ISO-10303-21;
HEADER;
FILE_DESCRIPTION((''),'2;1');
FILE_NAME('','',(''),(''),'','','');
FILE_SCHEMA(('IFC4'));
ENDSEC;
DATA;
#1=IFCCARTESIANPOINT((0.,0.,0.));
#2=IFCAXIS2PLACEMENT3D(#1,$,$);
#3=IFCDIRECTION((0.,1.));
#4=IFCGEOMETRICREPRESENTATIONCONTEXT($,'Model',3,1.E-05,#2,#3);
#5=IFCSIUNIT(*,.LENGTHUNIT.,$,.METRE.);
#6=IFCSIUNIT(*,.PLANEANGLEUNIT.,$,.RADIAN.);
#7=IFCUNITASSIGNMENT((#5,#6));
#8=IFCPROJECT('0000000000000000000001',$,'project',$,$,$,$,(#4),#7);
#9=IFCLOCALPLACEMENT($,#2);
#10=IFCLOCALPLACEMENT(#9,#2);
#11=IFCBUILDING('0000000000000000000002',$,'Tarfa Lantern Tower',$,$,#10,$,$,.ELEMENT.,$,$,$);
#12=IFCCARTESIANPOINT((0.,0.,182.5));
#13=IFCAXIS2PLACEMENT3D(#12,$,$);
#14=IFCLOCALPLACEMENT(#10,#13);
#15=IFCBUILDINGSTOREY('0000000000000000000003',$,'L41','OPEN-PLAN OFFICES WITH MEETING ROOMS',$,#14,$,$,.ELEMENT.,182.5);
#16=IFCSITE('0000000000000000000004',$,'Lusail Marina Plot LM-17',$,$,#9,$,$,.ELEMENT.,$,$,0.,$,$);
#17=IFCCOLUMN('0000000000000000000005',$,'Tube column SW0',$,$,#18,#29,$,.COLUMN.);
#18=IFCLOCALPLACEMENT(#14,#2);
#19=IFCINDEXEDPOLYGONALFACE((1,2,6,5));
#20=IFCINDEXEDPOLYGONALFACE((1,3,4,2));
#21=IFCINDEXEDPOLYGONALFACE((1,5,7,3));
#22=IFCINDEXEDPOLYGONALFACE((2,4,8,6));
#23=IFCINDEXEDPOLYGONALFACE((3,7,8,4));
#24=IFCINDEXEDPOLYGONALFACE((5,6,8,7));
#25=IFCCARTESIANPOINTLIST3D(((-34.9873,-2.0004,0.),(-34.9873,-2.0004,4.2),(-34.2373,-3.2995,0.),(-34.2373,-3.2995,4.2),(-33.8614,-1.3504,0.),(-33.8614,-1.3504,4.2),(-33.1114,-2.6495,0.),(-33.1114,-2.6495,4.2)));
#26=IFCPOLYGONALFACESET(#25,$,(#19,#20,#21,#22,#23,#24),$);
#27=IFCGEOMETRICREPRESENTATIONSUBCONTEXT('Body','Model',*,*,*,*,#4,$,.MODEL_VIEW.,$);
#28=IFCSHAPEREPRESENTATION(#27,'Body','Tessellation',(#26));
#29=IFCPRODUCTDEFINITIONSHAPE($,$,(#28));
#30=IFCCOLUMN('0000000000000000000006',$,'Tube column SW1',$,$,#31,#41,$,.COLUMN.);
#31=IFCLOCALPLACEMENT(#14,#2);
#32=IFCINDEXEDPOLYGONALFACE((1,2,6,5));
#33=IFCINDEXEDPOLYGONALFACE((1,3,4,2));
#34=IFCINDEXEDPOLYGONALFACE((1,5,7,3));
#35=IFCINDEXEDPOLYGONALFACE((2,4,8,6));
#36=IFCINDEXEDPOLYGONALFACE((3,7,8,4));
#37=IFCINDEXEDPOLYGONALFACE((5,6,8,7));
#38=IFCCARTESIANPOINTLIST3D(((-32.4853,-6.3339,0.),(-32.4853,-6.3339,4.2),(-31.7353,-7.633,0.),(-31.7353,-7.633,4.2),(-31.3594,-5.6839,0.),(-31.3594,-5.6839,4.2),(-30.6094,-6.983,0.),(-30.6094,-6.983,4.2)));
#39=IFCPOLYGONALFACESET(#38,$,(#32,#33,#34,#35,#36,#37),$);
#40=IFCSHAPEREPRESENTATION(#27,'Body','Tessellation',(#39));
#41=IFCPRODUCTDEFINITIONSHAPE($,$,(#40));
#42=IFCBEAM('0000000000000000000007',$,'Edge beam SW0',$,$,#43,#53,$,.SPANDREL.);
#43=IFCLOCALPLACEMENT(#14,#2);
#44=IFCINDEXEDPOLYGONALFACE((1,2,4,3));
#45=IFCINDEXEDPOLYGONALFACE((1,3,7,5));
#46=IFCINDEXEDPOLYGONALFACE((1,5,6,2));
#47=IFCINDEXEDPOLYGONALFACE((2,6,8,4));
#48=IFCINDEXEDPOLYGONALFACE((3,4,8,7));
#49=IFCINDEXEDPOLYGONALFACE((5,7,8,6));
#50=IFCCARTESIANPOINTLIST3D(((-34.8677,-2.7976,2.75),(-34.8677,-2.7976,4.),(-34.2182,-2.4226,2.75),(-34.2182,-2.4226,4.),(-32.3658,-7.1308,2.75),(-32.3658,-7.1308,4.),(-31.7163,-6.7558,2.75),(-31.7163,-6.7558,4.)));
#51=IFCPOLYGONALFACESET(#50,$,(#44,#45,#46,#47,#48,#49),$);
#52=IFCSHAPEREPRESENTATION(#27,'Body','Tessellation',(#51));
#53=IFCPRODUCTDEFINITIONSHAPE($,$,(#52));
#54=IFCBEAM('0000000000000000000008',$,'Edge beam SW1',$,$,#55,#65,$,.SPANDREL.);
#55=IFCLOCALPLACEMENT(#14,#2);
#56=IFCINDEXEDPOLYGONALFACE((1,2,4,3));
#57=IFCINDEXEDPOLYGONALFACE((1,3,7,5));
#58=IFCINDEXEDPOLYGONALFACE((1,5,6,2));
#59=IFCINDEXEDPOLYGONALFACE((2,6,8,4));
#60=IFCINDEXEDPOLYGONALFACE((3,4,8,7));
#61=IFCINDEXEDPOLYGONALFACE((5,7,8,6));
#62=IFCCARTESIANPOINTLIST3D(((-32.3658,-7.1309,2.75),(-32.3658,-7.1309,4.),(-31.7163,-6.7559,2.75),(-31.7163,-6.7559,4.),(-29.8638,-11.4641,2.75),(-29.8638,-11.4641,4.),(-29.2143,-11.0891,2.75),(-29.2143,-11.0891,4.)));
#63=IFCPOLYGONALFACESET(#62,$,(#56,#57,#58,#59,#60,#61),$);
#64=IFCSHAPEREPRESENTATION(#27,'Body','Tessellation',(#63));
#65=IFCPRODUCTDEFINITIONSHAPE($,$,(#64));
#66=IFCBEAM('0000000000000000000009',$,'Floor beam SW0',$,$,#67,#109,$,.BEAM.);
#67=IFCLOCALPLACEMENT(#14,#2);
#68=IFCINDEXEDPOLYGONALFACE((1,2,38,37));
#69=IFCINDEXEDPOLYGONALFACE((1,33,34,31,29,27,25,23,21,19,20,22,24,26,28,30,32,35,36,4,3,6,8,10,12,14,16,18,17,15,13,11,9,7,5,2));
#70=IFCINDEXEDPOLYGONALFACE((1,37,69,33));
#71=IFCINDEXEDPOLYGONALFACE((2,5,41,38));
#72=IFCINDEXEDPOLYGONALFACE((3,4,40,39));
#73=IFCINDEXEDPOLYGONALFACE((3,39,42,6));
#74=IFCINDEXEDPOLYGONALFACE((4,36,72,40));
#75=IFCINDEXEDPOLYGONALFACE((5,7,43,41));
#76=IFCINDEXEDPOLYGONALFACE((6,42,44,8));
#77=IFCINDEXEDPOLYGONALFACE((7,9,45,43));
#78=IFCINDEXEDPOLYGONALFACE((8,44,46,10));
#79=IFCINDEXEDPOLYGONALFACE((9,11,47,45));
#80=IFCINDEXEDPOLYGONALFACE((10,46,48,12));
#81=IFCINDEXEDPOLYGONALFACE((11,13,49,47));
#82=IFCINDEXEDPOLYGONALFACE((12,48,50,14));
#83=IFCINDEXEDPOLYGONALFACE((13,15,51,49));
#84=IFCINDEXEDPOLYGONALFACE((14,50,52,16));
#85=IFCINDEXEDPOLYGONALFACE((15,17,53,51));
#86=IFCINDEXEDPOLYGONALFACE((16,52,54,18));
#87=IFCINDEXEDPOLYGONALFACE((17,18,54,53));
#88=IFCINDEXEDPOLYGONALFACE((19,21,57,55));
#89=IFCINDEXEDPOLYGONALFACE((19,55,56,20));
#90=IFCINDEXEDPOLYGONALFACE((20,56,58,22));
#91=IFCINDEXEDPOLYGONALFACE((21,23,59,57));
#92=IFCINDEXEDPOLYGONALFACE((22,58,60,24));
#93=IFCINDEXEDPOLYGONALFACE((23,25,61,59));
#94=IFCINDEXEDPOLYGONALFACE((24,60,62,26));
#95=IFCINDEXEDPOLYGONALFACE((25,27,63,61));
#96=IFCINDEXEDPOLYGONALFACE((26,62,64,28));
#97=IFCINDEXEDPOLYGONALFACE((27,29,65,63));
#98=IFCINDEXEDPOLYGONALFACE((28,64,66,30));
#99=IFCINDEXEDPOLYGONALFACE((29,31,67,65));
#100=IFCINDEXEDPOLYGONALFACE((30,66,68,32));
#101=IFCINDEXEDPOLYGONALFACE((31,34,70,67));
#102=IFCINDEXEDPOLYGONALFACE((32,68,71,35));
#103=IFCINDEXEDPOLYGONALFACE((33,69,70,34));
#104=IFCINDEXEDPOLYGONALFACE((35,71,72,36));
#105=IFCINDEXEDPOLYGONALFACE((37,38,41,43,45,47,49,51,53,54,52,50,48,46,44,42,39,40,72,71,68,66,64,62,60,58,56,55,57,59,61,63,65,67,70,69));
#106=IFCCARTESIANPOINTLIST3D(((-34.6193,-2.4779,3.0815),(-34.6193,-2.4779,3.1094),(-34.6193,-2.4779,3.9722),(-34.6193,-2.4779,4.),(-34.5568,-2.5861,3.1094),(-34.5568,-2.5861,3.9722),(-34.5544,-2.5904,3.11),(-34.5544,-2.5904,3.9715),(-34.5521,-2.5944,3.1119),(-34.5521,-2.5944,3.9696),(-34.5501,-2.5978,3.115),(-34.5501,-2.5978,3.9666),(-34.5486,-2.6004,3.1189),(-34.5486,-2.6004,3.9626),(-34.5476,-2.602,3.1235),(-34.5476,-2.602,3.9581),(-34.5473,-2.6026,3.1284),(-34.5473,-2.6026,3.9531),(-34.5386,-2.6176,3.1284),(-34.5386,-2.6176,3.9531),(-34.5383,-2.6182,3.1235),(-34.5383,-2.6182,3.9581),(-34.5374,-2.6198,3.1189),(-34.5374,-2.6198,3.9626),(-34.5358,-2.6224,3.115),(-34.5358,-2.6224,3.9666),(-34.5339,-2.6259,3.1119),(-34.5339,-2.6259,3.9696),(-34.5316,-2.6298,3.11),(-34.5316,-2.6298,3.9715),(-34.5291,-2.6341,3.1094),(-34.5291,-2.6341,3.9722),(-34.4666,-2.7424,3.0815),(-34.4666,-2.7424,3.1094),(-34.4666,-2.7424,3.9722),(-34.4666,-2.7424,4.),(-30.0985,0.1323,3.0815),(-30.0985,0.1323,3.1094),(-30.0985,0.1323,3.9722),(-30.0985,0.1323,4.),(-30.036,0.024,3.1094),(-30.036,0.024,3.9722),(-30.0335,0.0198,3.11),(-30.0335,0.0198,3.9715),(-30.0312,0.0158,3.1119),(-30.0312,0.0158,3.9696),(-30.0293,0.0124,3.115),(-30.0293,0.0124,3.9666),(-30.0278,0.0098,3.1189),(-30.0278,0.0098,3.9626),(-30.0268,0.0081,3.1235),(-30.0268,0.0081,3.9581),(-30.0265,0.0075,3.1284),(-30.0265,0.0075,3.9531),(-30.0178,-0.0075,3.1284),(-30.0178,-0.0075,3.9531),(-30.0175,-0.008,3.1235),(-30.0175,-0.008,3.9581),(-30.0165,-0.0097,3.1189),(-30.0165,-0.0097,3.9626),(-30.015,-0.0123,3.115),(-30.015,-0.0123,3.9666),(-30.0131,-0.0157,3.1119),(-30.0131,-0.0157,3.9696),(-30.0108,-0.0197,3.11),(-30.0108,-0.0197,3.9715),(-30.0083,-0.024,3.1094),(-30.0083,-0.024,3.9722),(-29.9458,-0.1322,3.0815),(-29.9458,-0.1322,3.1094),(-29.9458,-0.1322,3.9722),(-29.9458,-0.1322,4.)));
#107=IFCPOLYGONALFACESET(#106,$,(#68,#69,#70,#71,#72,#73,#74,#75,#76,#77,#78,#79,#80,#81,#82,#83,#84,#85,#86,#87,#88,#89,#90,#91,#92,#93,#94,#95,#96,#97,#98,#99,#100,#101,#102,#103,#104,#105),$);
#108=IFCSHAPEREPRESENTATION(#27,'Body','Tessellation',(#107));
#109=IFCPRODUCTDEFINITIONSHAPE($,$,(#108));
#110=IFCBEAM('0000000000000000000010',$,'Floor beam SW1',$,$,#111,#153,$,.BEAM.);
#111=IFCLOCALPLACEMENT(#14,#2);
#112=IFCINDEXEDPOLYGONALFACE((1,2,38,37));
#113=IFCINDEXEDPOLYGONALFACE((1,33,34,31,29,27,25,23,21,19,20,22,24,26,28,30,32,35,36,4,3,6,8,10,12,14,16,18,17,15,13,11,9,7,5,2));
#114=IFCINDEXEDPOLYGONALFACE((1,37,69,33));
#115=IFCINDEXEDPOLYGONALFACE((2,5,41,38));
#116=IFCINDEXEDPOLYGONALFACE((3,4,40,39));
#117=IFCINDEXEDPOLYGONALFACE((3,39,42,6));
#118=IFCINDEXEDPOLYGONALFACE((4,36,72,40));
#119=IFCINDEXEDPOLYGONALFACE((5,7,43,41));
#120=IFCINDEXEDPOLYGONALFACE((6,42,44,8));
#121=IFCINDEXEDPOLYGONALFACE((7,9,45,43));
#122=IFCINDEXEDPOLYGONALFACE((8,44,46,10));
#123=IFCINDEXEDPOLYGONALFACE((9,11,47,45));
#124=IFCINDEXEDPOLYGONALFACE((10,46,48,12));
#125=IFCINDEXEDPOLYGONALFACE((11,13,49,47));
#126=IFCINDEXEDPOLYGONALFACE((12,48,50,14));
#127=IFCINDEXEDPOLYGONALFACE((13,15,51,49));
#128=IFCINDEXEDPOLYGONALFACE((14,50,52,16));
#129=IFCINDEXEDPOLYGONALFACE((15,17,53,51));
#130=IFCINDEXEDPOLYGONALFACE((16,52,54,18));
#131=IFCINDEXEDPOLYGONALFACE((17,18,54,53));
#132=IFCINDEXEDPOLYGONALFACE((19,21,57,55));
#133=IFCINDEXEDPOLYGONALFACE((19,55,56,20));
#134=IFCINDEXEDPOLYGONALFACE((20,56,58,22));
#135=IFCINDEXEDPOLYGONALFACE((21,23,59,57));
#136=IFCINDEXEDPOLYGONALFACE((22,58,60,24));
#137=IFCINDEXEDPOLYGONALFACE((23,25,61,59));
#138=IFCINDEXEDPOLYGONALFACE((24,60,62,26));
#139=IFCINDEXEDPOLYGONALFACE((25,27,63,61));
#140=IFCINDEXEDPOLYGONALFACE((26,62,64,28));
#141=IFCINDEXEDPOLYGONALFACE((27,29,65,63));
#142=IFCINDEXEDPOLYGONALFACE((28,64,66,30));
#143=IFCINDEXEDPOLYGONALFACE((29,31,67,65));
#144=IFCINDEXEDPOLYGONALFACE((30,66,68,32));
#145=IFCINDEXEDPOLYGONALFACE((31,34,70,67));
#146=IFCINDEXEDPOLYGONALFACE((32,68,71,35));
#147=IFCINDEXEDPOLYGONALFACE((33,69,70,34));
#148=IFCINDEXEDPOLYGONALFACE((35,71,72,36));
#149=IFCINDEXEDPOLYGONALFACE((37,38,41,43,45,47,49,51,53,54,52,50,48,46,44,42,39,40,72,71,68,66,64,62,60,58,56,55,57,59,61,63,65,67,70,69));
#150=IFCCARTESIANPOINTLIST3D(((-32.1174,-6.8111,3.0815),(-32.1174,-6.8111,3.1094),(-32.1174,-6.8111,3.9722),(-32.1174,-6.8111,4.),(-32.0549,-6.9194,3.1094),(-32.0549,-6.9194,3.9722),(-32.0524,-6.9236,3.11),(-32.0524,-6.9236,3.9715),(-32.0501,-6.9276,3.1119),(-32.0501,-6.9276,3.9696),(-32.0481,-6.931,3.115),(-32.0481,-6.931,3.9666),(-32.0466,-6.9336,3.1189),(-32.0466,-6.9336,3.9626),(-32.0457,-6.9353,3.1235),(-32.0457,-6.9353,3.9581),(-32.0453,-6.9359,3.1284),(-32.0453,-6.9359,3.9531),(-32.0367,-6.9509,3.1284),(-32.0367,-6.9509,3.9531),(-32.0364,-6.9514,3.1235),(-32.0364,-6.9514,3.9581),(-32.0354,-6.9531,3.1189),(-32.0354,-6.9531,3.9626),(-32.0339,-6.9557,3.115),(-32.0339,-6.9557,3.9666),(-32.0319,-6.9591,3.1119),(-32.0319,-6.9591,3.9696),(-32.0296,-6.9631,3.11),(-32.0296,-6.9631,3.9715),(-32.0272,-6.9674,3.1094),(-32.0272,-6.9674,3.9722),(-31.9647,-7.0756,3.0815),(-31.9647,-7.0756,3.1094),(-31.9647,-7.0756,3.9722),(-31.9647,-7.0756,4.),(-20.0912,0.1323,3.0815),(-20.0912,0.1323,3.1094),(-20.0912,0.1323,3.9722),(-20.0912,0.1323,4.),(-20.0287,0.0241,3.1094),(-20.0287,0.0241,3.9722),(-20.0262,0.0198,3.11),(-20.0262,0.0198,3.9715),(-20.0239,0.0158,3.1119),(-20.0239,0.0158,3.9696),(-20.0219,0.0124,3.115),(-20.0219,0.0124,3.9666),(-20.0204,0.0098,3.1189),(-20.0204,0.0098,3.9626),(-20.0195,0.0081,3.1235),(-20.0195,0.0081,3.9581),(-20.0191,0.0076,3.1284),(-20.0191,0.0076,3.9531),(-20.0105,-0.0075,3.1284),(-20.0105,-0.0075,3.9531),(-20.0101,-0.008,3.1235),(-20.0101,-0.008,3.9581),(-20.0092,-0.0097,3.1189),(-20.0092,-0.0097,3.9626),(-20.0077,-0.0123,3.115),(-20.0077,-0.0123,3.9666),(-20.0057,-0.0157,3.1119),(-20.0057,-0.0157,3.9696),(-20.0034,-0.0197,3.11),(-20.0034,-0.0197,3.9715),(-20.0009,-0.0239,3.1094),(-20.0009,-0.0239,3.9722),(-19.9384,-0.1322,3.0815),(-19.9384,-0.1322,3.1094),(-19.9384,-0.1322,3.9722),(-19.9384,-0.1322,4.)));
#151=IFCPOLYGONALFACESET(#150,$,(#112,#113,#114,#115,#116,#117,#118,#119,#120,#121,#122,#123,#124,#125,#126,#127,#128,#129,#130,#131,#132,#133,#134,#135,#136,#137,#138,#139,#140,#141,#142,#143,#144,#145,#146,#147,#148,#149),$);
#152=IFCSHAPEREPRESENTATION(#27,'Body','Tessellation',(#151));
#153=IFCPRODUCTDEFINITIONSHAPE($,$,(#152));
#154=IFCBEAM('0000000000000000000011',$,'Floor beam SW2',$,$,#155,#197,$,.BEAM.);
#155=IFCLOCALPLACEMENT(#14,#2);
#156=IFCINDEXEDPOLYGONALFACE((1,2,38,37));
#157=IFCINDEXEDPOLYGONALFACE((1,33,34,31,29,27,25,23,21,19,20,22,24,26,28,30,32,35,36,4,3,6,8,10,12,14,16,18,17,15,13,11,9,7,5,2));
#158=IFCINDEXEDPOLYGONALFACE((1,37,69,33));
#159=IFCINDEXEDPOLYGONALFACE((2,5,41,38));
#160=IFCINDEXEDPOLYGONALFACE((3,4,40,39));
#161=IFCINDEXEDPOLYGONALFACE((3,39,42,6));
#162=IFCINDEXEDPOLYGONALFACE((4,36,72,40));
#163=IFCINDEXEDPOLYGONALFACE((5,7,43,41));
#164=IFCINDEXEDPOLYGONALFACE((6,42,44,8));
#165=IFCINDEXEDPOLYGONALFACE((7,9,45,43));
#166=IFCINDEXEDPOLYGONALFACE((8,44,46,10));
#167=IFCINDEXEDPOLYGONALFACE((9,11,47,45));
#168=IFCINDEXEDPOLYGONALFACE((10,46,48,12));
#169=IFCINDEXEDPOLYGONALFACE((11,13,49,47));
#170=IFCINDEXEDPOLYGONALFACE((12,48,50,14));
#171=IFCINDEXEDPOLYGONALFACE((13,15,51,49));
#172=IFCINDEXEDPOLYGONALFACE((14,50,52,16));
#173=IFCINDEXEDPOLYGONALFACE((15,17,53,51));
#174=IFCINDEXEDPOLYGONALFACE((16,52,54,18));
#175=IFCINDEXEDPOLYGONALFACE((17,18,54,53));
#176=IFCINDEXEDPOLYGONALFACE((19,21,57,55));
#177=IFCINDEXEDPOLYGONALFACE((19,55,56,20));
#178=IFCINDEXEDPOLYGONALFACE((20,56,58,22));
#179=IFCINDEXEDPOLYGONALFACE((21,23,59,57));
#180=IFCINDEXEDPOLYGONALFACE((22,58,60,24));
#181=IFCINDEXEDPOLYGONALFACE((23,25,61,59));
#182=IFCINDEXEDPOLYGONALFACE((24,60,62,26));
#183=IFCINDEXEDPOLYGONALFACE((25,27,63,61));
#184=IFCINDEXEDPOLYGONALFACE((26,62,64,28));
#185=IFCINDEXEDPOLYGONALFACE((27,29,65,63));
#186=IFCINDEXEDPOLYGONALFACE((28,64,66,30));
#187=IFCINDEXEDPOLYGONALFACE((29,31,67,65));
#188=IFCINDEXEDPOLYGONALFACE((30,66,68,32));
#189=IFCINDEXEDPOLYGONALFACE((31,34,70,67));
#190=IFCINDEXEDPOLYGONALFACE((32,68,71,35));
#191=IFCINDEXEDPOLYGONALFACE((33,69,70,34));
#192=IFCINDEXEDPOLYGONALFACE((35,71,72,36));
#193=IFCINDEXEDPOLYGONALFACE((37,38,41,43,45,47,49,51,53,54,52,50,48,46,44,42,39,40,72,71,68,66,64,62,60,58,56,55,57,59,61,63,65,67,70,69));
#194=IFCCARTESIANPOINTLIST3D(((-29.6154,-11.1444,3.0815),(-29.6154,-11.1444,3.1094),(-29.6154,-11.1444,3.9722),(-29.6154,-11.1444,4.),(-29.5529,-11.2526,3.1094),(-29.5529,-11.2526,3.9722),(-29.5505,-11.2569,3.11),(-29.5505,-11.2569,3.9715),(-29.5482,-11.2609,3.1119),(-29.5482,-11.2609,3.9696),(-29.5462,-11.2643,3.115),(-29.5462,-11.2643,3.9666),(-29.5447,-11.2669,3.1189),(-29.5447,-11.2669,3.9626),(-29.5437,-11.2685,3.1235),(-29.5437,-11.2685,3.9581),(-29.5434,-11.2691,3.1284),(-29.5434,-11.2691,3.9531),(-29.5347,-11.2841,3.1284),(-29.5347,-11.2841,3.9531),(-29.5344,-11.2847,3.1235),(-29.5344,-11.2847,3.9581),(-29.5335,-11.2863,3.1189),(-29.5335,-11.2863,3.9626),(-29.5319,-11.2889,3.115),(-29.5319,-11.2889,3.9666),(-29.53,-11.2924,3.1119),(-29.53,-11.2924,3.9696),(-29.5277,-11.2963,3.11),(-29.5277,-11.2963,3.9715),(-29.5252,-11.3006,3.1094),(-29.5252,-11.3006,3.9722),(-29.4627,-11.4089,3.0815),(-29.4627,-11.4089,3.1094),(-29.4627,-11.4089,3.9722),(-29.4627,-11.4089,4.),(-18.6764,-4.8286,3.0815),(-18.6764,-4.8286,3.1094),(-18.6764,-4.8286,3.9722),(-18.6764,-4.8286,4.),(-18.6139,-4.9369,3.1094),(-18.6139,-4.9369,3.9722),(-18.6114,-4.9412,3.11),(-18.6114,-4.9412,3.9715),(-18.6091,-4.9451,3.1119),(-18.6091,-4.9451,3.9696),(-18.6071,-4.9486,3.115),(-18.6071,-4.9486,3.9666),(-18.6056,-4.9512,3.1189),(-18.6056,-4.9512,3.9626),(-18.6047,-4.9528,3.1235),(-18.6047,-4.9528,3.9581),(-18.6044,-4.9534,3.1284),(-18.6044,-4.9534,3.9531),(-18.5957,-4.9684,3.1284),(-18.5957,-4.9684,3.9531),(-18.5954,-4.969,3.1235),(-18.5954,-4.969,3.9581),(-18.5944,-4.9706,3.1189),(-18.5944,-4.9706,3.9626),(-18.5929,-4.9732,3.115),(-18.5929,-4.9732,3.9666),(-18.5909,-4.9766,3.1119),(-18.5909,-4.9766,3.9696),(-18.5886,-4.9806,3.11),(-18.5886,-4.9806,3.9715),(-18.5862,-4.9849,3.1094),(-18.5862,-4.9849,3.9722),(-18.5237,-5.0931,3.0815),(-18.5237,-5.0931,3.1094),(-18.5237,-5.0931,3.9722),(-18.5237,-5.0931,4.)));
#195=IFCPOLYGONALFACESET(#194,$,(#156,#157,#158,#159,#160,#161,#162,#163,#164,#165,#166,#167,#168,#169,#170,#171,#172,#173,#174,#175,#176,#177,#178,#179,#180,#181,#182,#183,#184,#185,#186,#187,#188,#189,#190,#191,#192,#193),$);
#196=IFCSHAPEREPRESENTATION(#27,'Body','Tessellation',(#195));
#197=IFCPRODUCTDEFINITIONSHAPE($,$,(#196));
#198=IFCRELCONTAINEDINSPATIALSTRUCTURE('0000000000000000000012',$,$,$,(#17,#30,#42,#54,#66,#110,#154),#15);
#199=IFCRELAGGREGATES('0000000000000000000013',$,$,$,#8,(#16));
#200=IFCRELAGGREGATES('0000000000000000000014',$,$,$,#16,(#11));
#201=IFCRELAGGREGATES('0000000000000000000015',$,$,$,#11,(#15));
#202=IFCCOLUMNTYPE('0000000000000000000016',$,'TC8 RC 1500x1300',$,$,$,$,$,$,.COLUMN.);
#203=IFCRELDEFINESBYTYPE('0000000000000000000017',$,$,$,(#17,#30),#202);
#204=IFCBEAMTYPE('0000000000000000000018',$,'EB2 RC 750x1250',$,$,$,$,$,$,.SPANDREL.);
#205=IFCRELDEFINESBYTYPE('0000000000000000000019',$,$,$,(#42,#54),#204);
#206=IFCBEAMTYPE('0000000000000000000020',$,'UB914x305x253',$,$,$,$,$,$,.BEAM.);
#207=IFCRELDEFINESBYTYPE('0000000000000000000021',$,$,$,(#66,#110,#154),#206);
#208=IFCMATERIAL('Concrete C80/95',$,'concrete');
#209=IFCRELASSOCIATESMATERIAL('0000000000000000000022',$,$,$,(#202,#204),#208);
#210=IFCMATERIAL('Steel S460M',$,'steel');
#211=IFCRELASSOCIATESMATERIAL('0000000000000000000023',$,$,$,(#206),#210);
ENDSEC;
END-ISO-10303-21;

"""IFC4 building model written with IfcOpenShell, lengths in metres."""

from ifc_helpers import new_model, si_unit, direction, frame, origin, origin_2d, place, context, subcontext, project, spatial, rectangle, i_section, extrude, material, material_profile, profile_set, type_object, element, save


model = new_model("IFC4")

# Units and contexts
model_context = context("Model", 3, precision=1e-05, world=origin(), true_north=direction((0.0, 1.0)))
body_context = subcontext(model_context, "Body", "Model", "MODEL_VIEW")
ifc_project = project(units=[si_unit("LENGTHUNIT", "METRE"), si_unit("PLANEANGLEUNIT", "RADIAN")], contexts=[model_context])

# Site, building, storey
site_placement = place(None, origin())
site = spatial("IfcSite", under=ifc_project, at=site_placement, Name="Lusail Marina Plot LM-17", CompositionType="ELEMENT", RefElevation=0.0)
building_placement = place(site_placement, origin())
building = spatial("IfcBuilding", under=site, at=building_placement, Name="Tarfa Lantern Tower", CompositionType="ELEMENT")
storey_placement = place(building_placement, frame((0.0, 0.0, 182.5)))
storey = spatial("IfcBuildingStorey", under=building, at=storey_placement, Name="L41", Description="OPEN-PLAN OFFICES WITH MEETING ROOMS", CompositionType="ELEMENT", Elevation=182.5)

# Columns
ifc_material_1 = material(Name="Concrete C80/95", Category="concrete")
ifc_material_profile_1 = material_profile(ifc_material_1, rectangle(XDim=1.5, YDim=1.3, at=origin_2d()), Name="RC 1500x1300")
ifc_profile_set_1 = profile_set([ifc_material_profile_1], Name="Concrete C80/95")
column_type = type_object("IfcColumnType", Name="TC8 RC 1500x1300", PredefinedType="COLUMN", material=ifc_profile_set_1)
for number, where, z_axis, x_axis, name in (
    (1, (-34.0493, -2.325, 0.0), (0.0, 0.0, 1.0), (0.5, -0.866025, 0.0), "Tube column SW0"),
    (2, (-31.5474, -6.6584, 0.0), (0.0, 0.0, 1.0), (0.5, -0.866025, 0.0), "Tube column SW1"),
):
    element("IfcColumn", number, at=place(storey_placement, frame(where, z_axis=z_axis, x_axis=x_axis)), inside=storey, type_object=column_type, Name=name, PredefinedType="COLUMN", context=body_context, shape_type="SweptSolid", body=[
        extrude(rectangle(XDim=1.5, YDim=1.3, at=origin_2d()), origin(), (0.0, 0.0, 1.0), 4.2),
    ])

# Beams
ifc_material_profile_2 = material_profile(ifc_material_1, rectangle(XDim=0.75, YDim=1.25, at=origin_2d()), Name="RC 750x1250")
ifc_profile_set_2 = profile_set([ifc_material_profile_2], Name="Concrete C80/95")
beam_type_1 = type_object("IfcBeamType", Name="EB2 RC 750x1250", PredefinedType="SPANDREL", material=ifc_profile_set_2)
for number, where, z_axis, x_axis, name in (
    (3, (-34.543, -2.6101, 3.375), (0.500022, -0.866013, 0.0), (0.866013, 0.500022, 0.0), "Edge beam SW0"),
    (4, (-32.041, -6.9434, 3.375), (0.500022, -0.866013, 0.0), (0.866013, 0.500022, 0.0), "Edge beam SW1"),
):
    element("IfcBeam", number, at=place(storey_placement, frame(where, z_axis=z_axis, x_axis=x_axis)), inside=storey, type_object=beam_type_1, Name=name, PredefinedType="SPANDREL", context=body_context, shape_type="SweptSolid", body=[
        extrude(rectangle(XDim=0.75, YDim=1.25, at=origin_2d()), origin(), (0.0, 0.0, 1.0), 5.0037),
    ])
ifc_material_2 = material(Name="Steel S460M", Category="steel")
ifc_material_profile_3 = material_profile(ifc_material_2, i_section(OverallWidth=0.3054, OverallDepth=0.9185, WebThickness=0.0173, FlangeThickness=0.0278, FilletRadius=0.019, at=origin_2d()), Name="UB914x305x253")
ifc_profile_set_3 = profile_set([ifc_material_profile_3], Name="Steel S460M")
beam_type_2 = type_object("IfcBeamType", Name="UB914x305x253", PredefinedType="BEAM", material=ifc_profile_set_3)
beam_1_placement = place(storey_placement, frame((-34.543, -2.6101, 3.5408), z_axis=(0.866021, 0.500007, 0.0), x_axis=(-0.500007, 0.866021, 0.0)))
element("IfcBeam", 5, at=beam_1_placement, inside=storey, type_object=beam_type_2, Name="Floor beam SW0", PredefinedType="BEAM", context=body_context, shape_type="SweptSolid", body=[
    extrude(i_section(OverallWidth=0.3054, OverallDepth=0.9185, WebThickness=0.0173, FlangeThickness=0.0278, FilletRadius=0.019, at=origin_2d()), origin(), (0.0, 0.0, 1.0), 5.2202),
])
beam_2_placement = place(storey_placement, frame((-32.041, -6.9434, 3.5408), z_axis=(0.866023, 0.500004, 0.0), x_axis=(-0.500004, 0.866023, 0.0)))
element("IfcBeam", 6, at=beam_2_placement, inside=storey, type_object=beam_type_2, Name="Floor beam SW1", PredefinedType="BEAM", context=body_context, shape_type="SweptSolid", body=[
    extrude(i_section(OverallWidth=0.3054, OverallDepth=0.9185, WebThickness=0.0173, FlangeThickness=0.0278, FilletRadius=0.019, at=origin_2d()), origin(), (0.0, 0.0, 1.0), 13.8867),
])
beam_3_placement = place(storey_placement, frame((-29.5391, -11.2766, 3.5408), z_axis=(0.866023, 0.500004, 0.0), x_axis=(-0.500004, 0.866023, 0.0)))
element("IfcBeam", 7, at=beam_3_placement, inside=storey, type_object=beam_type_2, Name="Floor beam SW2", PredefinedType="BEAM", context=body_context, shape_type="SweptSolid", body=[
    extrude(i_section(OverallWidth=0.3054, OverallDepth=0.9185, WebThickness=0.0173, FlangeThickness=0.0278, FilletRadius=0.019, at=origin_2d()), origin(), (0.0, 0.0, 1.0), 12.6313),
])

save(model, "model.ifc")
